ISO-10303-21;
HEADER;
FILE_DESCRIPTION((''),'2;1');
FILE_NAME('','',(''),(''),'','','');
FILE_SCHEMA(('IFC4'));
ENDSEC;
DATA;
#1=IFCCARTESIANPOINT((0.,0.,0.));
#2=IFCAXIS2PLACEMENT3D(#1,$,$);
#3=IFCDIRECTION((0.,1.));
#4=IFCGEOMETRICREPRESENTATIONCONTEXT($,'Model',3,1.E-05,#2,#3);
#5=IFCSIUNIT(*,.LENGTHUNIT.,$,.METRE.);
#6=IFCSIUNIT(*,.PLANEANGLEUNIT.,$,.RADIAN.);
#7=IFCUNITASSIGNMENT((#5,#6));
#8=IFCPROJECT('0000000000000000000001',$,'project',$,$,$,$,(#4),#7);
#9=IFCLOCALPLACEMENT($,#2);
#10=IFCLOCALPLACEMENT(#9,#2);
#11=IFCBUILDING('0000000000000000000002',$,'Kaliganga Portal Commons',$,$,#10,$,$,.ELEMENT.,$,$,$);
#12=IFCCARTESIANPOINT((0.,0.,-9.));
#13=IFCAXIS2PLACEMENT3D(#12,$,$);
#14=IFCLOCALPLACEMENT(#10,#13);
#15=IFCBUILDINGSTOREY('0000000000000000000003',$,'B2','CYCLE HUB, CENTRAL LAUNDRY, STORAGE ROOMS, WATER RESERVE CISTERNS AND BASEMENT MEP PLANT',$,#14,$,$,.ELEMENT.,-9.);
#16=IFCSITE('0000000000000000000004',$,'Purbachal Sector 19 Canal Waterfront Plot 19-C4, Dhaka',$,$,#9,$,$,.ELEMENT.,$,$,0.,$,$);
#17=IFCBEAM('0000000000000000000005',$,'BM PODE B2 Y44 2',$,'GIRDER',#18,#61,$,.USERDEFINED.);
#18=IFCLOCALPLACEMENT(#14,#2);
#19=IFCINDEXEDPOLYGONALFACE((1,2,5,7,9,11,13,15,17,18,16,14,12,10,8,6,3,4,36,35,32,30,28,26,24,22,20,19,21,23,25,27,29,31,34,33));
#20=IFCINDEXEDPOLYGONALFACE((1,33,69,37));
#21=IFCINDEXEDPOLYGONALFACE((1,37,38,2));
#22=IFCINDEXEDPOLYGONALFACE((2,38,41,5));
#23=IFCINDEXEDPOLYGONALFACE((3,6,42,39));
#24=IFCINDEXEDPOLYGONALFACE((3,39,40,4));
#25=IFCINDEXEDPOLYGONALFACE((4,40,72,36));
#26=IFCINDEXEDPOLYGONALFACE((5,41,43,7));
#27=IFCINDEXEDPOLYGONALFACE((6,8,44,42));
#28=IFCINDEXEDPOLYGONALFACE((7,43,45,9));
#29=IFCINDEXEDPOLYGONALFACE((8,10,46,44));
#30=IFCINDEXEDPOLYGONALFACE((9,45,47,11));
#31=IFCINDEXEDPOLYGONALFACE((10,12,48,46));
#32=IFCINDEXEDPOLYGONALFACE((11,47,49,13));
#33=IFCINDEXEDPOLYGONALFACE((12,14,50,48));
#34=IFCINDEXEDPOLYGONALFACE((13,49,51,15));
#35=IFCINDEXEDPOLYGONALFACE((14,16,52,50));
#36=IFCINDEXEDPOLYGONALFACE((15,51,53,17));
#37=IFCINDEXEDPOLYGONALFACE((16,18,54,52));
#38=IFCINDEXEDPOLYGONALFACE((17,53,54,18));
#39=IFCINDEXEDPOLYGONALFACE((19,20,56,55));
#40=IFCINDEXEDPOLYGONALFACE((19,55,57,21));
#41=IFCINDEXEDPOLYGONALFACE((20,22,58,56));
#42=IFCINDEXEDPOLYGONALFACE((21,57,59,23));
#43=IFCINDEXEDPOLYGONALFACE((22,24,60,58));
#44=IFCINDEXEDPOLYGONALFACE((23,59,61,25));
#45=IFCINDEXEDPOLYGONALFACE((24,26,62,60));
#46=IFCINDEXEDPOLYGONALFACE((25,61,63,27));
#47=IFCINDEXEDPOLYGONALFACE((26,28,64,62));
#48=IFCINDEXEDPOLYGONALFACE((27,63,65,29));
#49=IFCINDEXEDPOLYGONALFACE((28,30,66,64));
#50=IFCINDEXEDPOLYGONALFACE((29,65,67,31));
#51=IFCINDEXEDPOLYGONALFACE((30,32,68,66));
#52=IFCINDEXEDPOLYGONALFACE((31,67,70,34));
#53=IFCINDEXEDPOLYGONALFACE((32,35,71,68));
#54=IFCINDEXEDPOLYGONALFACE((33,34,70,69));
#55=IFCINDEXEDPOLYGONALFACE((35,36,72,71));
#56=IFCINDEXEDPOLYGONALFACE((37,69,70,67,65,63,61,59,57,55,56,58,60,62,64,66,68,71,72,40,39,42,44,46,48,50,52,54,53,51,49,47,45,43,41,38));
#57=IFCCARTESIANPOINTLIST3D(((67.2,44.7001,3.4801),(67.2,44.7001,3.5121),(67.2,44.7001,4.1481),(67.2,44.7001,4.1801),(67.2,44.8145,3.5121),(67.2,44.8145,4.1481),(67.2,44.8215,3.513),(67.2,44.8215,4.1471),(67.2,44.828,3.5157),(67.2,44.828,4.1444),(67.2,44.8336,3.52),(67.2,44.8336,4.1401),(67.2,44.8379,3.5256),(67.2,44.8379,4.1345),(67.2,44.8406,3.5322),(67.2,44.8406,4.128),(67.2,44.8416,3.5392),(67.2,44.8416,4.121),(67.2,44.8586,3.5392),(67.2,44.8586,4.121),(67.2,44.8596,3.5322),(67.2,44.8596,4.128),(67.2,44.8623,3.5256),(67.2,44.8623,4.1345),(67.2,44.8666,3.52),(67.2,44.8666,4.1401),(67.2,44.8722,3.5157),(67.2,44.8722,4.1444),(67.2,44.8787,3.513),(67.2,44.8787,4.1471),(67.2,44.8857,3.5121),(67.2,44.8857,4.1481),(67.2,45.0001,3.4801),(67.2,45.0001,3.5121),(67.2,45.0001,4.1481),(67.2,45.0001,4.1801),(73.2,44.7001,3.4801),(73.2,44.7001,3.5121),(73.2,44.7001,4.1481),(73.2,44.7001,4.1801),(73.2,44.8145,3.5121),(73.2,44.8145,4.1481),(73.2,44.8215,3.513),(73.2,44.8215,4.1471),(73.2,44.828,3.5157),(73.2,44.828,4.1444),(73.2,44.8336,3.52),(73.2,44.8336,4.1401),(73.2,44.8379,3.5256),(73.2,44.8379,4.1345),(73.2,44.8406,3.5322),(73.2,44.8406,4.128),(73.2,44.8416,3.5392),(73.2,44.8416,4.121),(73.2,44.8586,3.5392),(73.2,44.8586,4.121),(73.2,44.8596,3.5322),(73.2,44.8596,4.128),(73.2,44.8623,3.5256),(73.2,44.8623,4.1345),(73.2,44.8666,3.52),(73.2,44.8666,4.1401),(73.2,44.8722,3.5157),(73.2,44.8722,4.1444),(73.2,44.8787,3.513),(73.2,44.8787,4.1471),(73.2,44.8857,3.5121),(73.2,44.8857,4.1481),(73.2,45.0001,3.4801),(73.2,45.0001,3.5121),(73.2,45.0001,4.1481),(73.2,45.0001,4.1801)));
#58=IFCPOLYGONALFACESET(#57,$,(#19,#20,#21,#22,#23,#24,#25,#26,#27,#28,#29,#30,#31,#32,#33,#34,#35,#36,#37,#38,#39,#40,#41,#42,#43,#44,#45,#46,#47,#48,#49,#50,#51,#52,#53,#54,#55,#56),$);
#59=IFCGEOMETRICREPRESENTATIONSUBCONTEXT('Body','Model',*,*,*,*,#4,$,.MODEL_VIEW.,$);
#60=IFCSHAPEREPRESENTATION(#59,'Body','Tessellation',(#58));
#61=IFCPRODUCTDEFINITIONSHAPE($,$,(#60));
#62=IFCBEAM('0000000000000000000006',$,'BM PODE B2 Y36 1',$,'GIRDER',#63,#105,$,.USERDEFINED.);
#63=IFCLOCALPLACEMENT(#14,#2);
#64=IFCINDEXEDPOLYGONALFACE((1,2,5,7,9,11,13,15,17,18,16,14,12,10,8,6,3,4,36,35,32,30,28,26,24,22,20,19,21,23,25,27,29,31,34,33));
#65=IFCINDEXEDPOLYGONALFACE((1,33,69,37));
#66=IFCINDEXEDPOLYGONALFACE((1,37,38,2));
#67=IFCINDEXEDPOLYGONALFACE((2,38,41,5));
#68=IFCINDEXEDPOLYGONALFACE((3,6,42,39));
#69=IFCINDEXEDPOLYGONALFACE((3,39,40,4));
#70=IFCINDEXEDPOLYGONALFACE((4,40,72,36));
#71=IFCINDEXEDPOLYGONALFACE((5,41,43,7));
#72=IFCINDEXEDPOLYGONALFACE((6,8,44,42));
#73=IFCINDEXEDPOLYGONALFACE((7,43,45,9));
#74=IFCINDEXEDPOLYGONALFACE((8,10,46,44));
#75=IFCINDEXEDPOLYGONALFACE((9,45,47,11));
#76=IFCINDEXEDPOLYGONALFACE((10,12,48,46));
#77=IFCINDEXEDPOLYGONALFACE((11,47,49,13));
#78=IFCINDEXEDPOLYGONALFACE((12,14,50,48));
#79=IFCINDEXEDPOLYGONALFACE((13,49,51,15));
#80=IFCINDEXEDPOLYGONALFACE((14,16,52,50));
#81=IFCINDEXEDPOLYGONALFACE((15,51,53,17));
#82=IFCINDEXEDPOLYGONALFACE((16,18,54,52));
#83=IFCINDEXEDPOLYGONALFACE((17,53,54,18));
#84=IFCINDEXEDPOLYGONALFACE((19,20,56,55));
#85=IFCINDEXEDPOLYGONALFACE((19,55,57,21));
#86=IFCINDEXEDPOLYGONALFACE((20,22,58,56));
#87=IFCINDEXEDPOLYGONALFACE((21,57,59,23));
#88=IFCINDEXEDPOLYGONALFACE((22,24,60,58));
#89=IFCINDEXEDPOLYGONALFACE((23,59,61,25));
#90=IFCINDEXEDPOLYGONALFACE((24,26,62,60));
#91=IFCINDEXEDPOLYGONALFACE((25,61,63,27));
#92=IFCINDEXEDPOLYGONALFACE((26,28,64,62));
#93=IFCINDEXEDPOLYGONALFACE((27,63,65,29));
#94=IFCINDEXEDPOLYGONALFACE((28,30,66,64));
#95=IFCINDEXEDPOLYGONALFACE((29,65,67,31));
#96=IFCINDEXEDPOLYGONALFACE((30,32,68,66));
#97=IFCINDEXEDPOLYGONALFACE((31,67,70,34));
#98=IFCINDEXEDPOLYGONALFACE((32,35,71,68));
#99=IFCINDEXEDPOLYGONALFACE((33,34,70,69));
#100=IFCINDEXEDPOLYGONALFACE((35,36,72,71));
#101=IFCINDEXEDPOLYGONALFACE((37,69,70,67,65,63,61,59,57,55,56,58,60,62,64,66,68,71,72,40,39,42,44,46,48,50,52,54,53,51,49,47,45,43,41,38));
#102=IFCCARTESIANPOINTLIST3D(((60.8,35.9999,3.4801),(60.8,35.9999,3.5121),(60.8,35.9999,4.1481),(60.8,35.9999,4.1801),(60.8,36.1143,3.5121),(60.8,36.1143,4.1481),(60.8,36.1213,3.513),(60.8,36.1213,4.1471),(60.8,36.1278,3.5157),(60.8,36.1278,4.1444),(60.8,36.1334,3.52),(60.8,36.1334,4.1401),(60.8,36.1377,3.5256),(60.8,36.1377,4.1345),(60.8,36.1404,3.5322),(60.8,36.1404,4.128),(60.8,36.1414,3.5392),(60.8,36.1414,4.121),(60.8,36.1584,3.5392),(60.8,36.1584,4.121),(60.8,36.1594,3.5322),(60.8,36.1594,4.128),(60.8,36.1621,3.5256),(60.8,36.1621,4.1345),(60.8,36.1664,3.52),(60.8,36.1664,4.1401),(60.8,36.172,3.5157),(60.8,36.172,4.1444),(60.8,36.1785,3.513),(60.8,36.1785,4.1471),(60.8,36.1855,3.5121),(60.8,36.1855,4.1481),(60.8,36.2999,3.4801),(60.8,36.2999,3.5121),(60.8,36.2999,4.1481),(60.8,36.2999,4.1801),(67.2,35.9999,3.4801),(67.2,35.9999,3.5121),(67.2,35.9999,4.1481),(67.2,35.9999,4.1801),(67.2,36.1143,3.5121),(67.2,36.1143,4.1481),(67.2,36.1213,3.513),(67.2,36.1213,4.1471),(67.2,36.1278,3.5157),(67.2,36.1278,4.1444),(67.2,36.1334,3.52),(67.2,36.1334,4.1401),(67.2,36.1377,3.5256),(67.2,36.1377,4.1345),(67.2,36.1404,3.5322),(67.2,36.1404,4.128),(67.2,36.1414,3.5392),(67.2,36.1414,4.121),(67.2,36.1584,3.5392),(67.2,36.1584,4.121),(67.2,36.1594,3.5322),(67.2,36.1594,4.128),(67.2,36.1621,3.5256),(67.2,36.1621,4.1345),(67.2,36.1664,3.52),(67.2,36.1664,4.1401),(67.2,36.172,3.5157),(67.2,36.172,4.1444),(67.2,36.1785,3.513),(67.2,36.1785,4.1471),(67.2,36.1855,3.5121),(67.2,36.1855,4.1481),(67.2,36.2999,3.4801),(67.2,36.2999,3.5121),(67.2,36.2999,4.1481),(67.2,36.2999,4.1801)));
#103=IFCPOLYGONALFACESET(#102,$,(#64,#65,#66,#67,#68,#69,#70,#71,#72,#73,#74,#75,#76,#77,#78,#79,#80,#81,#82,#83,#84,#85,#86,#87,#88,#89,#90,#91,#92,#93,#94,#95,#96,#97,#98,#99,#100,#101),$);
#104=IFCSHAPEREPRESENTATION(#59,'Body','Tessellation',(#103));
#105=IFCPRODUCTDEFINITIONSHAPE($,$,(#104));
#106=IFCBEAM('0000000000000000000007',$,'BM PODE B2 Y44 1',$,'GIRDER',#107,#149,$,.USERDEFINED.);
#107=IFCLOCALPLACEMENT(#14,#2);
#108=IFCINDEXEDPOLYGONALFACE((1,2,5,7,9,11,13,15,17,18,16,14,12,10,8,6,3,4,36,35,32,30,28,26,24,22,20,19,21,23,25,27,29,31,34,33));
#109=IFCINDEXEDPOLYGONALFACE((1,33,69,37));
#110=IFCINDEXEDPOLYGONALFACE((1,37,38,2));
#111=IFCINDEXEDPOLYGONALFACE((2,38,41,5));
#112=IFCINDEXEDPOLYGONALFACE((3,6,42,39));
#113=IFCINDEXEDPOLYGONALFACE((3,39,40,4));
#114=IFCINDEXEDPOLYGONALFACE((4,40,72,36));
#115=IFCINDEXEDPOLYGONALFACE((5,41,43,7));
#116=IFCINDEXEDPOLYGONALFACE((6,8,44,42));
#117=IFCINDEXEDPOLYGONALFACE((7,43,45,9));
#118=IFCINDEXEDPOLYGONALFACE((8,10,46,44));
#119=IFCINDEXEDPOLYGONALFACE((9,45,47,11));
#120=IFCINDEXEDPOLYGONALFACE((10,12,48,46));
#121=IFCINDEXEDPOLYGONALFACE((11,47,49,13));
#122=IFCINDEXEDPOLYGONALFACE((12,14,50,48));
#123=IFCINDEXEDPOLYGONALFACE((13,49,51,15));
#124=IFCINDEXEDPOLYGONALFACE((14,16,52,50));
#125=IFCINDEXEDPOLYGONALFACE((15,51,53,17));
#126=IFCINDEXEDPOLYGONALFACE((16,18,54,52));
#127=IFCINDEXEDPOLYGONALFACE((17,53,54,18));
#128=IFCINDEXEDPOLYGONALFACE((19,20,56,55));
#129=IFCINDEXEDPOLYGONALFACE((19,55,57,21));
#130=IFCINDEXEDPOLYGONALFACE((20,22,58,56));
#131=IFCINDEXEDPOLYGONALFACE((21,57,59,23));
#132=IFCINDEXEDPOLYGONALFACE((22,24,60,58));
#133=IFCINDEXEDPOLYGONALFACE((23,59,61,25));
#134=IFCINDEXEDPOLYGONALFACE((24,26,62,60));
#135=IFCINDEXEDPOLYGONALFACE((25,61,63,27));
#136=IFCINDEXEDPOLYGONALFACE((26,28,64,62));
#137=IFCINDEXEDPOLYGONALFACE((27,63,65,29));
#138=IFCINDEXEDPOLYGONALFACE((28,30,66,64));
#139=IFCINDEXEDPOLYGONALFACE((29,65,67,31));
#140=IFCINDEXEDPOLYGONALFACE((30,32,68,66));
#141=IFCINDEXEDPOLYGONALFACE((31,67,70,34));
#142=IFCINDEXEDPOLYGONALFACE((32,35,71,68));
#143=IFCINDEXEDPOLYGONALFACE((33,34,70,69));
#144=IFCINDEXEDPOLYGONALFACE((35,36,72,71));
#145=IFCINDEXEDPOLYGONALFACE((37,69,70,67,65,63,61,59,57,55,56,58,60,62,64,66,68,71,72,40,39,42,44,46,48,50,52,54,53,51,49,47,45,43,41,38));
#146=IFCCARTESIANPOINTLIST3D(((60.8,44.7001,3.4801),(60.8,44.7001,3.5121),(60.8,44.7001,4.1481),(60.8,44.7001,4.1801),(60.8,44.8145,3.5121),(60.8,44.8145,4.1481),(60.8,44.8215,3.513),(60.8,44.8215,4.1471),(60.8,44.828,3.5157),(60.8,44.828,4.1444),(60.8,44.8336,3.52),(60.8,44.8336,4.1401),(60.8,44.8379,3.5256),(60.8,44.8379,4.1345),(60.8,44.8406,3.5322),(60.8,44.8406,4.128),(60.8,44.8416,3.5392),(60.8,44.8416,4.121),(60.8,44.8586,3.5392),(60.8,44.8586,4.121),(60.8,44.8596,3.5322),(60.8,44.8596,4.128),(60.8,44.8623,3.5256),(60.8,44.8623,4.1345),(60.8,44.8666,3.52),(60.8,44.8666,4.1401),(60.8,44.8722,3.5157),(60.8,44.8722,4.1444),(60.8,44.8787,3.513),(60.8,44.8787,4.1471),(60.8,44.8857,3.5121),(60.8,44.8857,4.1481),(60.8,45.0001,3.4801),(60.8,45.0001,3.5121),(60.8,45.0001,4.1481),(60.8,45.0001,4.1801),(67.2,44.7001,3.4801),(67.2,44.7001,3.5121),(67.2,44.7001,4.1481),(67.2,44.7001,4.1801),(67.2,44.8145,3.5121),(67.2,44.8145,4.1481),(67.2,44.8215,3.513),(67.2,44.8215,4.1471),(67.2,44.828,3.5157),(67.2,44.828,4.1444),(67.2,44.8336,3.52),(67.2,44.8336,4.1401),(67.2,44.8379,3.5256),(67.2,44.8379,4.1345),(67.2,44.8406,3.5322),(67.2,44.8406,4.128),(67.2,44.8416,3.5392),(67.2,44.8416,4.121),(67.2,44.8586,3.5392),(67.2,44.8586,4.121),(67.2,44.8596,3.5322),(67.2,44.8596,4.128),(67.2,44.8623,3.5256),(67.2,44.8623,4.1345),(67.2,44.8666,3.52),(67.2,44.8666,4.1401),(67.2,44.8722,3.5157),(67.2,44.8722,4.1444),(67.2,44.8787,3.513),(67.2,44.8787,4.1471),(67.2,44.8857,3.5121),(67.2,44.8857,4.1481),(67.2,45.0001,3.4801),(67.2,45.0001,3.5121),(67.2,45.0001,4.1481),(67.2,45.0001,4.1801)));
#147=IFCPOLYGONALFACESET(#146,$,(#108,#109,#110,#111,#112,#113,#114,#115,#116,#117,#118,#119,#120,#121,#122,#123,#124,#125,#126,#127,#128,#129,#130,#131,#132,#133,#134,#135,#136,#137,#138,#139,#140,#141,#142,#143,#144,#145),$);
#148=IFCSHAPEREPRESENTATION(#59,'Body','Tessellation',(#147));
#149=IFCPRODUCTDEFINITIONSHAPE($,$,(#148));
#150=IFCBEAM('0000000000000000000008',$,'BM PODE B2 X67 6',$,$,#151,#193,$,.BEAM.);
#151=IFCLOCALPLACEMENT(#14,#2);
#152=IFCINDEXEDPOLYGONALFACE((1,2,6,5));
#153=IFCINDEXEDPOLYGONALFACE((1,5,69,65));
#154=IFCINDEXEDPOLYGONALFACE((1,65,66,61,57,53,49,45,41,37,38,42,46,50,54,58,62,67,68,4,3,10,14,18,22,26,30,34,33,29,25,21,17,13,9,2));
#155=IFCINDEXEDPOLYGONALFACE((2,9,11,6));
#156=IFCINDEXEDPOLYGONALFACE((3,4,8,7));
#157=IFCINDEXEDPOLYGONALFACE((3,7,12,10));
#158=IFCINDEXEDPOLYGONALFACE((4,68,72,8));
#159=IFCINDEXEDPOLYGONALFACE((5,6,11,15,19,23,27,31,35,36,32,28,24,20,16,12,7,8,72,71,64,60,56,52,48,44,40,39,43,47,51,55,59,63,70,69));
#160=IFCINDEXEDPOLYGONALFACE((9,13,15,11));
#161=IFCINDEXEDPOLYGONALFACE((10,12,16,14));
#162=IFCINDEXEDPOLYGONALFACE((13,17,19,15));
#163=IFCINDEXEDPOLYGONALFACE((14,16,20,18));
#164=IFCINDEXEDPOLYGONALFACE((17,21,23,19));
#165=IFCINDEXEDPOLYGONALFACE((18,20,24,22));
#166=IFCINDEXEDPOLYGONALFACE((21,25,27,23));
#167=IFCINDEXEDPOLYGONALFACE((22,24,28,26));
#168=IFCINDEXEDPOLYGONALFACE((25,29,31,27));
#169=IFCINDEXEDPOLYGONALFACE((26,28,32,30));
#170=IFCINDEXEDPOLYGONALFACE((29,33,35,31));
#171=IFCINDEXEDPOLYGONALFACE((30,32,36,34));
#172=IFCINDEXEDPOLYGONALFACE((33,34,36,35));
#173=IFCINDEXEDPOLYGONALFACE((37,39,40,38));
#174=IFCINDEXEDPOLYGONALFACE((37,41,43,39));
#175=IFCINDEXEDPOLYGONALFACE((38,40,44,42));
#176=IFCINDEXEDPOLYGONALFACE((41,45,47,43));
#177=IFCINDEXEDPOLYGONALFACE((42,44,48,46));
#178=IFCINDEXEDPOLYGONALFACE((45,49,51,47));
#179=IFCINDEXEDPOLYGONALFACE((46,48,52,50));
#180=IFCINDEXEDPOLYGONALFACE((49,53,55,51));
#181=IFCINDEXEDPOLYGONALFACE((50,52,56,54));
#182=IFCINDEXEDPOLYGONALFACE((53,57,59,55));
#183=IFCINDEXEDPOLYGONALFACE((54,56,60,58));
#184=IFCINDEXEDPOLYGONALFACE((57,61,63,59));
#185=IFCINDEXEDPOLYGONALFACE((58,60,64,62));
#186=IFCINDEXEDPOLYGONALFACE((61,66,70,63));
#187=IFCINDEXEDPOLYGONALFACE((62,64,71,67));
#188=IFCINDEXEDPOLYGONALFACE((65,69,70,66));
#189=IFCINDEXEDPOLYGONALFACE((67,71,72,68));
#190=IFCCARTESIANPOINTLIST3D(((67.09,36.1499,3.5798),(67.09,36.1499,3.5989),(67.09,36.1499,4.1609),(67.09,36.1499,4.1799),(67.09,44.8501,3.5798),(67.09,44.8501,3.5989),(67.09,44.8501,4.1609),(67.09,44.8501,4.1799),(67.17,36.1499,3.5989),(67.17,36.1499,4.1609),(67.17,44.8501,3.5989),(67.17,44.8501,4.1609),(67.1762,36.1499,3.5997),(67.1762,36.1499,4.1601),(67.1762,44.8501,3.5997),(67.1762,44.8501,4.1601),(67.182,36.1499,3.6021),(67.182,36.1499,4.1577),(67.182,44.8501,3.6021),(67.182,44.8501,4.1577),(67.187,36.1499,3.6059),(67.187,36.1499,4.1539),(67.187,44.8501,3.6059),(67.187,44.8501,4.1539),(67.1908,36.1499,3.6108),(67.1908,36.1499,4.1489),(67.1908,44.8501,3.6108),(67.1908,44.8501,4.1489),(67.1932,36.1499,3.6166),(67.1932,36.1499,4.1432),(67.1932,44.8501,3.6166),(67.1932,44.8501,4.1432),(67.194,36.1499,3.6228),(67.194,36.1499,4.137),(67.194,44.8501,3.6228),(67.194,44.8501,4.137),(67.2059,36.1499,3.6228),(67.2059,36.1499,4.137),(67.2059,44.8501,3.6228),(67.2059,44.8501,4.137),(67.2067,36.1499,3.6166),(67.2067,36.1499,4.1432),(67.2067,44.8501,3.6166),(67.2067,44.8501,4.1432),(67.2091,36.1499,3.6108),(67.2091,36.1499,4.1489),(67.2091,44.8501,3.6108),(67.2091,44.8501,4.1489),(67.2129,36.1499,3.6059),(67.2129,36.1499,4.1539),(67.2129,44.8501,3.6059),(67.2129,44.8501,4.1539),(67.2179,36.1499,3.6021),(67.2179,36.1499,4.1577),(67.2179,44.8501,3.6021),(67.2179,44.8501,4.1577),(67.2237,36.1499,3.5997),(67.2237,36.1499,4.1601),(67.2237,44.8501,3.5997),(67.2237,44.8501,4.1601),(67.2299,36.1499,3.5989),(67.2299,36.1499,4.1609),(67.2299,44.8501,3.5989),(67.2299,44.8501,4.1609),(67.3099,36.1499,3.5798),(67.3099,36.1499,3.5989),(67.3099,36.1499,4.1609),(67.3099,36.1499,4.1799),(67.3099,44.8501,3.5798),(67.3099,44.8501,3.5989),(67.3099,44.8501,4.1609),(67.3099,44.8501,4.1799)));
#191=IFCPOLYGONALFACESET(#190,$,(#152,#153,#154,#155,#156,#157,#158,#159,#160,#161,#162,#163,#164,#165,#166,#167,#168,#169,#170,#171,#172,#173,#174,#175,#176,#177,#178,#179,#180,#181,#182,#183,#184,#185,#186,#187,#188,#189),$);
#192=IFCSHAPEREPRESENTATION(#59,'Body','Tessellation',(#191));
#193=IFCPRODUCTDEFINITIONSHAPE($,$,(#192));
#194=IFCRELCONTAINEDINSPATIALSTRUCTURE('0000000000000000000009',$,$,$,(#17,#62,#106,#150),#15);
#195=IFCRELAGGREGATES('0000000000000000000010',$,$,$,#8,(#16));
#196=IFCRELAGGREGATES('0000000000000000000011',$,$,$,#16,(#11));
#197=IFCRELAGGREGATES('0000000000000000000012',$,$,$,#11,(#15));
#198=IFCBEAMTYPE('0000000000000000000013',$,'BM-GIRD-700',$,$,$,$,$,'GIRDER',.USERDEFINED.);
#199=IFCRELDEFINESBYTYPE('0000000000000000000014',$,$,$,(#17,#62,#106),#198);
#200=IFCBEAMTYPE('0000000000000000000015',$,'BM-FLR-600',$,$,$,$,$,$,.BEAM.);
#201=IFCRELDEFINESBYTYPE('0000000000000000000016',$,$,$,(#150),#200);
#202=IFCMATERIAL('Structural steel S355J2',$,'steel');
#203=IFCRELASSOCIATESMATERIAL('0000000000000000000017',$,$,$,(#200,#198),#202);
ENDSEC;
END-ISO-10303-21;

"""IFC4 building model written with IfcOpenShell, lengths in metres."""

from ifc_helpers import new_model, si_unit, direction, frame, origin, origin_2d, place, context, subcontext, project, spatial, i_section, extrude, source, transform, mapped, material, material_profile, profile_set, type_object, element, save


model = new_model("IFC4")

# Units and contexts
model_context = context("Model", 3, precision=1e-05, world=origin(), true_north=direction((0.0, 1.0)))
body_context = subcontext(model_context, "Body", "Model", "MODEL_VIEW")
ifc_project = project(units=[si_unit("LENGTHUNIT", "METRE"), si_unit("PLANEANGLEUNIT", "RADIAN")], contexts=[model_context])

# Site, building, storey
site_placement = place(None, origin())
site = spatial("IfcSite", under=ifc_project, at=site_placement, Name="Purbachal Sector 19 Canal Waterfront Plot 19-C4, Dhaka", CompositionType="ELEMENT", RefElevation=0.0)
building_placement = place(site_placement, origin())
building = spatial("IfcBuilding", under=site, at=building_placement, Name="Kaliganga Portal Commons", CompositionType="ELEMENT")
storey_placement = place(building_placement, frame((0.0, 0.0, -9.0)))
storey = spatial("IfcBuildingStorey", under=building, at=storey_placement, Name="B2", Description="CYCLE HUB, CENTRAL LAUNDRY, STORAGE ROOMS, WATER RESERVE CISTERNS AND BASEMENT MEP PLANT", CompositionType="ELEMENT", Elevation=-9.0)

# Beams
ifc_material_1 = material(Name="Structural steel S355J2", Category="steel")
ifc_material_profile_1 = material_profile(ifc_material_1, i_section(OverallWidth=0.22, OverallDepth=0.6001, WebThickness=0.012, FlangeThickness=0.019, FilletRadius=0.0239, at=origin_2d()), Name="IPE 600")
ifc_profile_set_1 = profile_set([ifc_material_profile_1], Name="Structural steel S355J2 wide-flange")
beam_type_1 = type_object("IfcBeamType", Name="BM-FLR-600", PredefinedType="BEAM", material=ifc_profile_set_1)
ifc_material_profile_2 = material_profile(ifc_material_1, i_section(OverallWidth=0.3, OverallDepth=0.7, WebThickness=0.0171, FlangeThickness=0.032, FilletRadius=0.0271, at=origin_2d()), Name="HE 700 B")
ifc_profile_set_2 = profile_set([ifc_material_profile_2], Name="Structural steel S355J2 wide-flange")
beam_type_2 = type_object("IfcBeamType", Name="BM-GIRD-700", ElementType="GIRDER", PredefinedType="USERDEFINED", material=ifc_profile_set_2)
shared_shape_1 = source(origin(), body_context, "Body", "SweptSolid", [
    extrude(i_section(OverallWidth=0.3, OverallDepth=0.7, WebThickness=0.0171, FlangeThickness=0.032, FilletRadius=0.0271, at=origin_2d()), origin(), (0.0, 0.0, 1.0), 6.0),
])
for number, where, z_axis, x_axis, name in (
    (1, (67.2, 44.8501, 3.8301), (1.0, 0.0, 0.0), (0.0, 1.0, 0.0), "BM PODE B2 Y44 2"),
):
    element("IfcBeam", number, at=place(storey_placement, frame(where, z_axis=z_axis, x_axis=x_axis)), inside=storey, type_object=beam_type_2, Name=name, ObjectType="GIRDER", PredefinedType="USERDEFINED", context=body_context, shape_type="MappedRepresentation", body=[
        mapped(shared_shape_1, transform((0.0, 0.0, 0.0), x_axis=(1.0, 0.0, 0.0), y_axis=(0.0, 1.0, 0.0), z_axis=(0.0, 0.0, 1.0), scale=1.0)),
    ])
shared_shape_2 = source(origin(), body_context, "Body", "SweptSolid", [
    extrude(i_section(OverallWidth=0.3, OverallDepth=0.7, WebThickness=0.0171, FlangeThickness=0.032, FilletRadius=0.0271, at=origin_2d()), origin(), (0.0, 0.0, 1.0), 6.3999),
])
for number, where, z_axis, x_axis, name in (
    (2, (60.8, 36.1499, 3.8301), (1.0, 0.0, 0.0), (0.0, 1.0, 0.0), "BM PODE B2 Y36 1"),
    (3, (60.8, 44.8501, 3.8301), (1.0, 0.0, 0.0), (0.0, 1.0, 0.0), "BM PODE B2 Y44 1"),
):
    element("IfcBeam", number, at=place(storey_placement, frame(where, z_axis=z_axis, x_axis=x_axis)), inside=storey, type_object=beam_type_2, Name=name, ObjectType="GIRDER", PredefinedType="USERDEFINED", context=body_context, shape_type="MappedRepresentation", body=[
        mapped(shared_shape_2, transform((0.0, 0.0, 0.0), x_axis=(1.0, 0.0, 0.0), y_axis=(0.0, 1.0, 0.0), z_axis=(0.0, 0.0, 1.0), scale=1.0)),
    ])
shared_shape_3 = source(origin(), body_context, "Body", "SweptSolid", [
    extrude(i_section(OverallWidth=0.22, OverallDepth=0.6001, WebThickness=0.012, FlangeThickness=0.019, FilletRadius=0.0239, at=origin_2d()), origin(), (0.0, 0.0, 1.0), 8.7002),
])
for number, where, z_axis, x_axis, name in (
    (4, (67.2, 36.1499, 3.8799), (0.0, 1.0, 0.0), (-1.0, 0.0, 0.0), "BM PODE B2 X67 6"),
):
    element("IfcBeam", number, at=place(storey_placement, frame(where, z_axis=z_axis, x_axis=x_axis)), inside=storey, type_object=beam_type_1, Name=name, PredefinedType="BEAM", context=body_context, shape_type="MappedRepresentation", body=[
        mapped(shared_shape_3, transform((0.0, 0.0, 0.0), x_axis=(1.0, 0.0, 0.0), y_axis=(0.0, 1.0, 0.0), z_axis=(0.0, 0.0, 1.0), scale=1.0)),
    ])

save(model, "model.ifc")
